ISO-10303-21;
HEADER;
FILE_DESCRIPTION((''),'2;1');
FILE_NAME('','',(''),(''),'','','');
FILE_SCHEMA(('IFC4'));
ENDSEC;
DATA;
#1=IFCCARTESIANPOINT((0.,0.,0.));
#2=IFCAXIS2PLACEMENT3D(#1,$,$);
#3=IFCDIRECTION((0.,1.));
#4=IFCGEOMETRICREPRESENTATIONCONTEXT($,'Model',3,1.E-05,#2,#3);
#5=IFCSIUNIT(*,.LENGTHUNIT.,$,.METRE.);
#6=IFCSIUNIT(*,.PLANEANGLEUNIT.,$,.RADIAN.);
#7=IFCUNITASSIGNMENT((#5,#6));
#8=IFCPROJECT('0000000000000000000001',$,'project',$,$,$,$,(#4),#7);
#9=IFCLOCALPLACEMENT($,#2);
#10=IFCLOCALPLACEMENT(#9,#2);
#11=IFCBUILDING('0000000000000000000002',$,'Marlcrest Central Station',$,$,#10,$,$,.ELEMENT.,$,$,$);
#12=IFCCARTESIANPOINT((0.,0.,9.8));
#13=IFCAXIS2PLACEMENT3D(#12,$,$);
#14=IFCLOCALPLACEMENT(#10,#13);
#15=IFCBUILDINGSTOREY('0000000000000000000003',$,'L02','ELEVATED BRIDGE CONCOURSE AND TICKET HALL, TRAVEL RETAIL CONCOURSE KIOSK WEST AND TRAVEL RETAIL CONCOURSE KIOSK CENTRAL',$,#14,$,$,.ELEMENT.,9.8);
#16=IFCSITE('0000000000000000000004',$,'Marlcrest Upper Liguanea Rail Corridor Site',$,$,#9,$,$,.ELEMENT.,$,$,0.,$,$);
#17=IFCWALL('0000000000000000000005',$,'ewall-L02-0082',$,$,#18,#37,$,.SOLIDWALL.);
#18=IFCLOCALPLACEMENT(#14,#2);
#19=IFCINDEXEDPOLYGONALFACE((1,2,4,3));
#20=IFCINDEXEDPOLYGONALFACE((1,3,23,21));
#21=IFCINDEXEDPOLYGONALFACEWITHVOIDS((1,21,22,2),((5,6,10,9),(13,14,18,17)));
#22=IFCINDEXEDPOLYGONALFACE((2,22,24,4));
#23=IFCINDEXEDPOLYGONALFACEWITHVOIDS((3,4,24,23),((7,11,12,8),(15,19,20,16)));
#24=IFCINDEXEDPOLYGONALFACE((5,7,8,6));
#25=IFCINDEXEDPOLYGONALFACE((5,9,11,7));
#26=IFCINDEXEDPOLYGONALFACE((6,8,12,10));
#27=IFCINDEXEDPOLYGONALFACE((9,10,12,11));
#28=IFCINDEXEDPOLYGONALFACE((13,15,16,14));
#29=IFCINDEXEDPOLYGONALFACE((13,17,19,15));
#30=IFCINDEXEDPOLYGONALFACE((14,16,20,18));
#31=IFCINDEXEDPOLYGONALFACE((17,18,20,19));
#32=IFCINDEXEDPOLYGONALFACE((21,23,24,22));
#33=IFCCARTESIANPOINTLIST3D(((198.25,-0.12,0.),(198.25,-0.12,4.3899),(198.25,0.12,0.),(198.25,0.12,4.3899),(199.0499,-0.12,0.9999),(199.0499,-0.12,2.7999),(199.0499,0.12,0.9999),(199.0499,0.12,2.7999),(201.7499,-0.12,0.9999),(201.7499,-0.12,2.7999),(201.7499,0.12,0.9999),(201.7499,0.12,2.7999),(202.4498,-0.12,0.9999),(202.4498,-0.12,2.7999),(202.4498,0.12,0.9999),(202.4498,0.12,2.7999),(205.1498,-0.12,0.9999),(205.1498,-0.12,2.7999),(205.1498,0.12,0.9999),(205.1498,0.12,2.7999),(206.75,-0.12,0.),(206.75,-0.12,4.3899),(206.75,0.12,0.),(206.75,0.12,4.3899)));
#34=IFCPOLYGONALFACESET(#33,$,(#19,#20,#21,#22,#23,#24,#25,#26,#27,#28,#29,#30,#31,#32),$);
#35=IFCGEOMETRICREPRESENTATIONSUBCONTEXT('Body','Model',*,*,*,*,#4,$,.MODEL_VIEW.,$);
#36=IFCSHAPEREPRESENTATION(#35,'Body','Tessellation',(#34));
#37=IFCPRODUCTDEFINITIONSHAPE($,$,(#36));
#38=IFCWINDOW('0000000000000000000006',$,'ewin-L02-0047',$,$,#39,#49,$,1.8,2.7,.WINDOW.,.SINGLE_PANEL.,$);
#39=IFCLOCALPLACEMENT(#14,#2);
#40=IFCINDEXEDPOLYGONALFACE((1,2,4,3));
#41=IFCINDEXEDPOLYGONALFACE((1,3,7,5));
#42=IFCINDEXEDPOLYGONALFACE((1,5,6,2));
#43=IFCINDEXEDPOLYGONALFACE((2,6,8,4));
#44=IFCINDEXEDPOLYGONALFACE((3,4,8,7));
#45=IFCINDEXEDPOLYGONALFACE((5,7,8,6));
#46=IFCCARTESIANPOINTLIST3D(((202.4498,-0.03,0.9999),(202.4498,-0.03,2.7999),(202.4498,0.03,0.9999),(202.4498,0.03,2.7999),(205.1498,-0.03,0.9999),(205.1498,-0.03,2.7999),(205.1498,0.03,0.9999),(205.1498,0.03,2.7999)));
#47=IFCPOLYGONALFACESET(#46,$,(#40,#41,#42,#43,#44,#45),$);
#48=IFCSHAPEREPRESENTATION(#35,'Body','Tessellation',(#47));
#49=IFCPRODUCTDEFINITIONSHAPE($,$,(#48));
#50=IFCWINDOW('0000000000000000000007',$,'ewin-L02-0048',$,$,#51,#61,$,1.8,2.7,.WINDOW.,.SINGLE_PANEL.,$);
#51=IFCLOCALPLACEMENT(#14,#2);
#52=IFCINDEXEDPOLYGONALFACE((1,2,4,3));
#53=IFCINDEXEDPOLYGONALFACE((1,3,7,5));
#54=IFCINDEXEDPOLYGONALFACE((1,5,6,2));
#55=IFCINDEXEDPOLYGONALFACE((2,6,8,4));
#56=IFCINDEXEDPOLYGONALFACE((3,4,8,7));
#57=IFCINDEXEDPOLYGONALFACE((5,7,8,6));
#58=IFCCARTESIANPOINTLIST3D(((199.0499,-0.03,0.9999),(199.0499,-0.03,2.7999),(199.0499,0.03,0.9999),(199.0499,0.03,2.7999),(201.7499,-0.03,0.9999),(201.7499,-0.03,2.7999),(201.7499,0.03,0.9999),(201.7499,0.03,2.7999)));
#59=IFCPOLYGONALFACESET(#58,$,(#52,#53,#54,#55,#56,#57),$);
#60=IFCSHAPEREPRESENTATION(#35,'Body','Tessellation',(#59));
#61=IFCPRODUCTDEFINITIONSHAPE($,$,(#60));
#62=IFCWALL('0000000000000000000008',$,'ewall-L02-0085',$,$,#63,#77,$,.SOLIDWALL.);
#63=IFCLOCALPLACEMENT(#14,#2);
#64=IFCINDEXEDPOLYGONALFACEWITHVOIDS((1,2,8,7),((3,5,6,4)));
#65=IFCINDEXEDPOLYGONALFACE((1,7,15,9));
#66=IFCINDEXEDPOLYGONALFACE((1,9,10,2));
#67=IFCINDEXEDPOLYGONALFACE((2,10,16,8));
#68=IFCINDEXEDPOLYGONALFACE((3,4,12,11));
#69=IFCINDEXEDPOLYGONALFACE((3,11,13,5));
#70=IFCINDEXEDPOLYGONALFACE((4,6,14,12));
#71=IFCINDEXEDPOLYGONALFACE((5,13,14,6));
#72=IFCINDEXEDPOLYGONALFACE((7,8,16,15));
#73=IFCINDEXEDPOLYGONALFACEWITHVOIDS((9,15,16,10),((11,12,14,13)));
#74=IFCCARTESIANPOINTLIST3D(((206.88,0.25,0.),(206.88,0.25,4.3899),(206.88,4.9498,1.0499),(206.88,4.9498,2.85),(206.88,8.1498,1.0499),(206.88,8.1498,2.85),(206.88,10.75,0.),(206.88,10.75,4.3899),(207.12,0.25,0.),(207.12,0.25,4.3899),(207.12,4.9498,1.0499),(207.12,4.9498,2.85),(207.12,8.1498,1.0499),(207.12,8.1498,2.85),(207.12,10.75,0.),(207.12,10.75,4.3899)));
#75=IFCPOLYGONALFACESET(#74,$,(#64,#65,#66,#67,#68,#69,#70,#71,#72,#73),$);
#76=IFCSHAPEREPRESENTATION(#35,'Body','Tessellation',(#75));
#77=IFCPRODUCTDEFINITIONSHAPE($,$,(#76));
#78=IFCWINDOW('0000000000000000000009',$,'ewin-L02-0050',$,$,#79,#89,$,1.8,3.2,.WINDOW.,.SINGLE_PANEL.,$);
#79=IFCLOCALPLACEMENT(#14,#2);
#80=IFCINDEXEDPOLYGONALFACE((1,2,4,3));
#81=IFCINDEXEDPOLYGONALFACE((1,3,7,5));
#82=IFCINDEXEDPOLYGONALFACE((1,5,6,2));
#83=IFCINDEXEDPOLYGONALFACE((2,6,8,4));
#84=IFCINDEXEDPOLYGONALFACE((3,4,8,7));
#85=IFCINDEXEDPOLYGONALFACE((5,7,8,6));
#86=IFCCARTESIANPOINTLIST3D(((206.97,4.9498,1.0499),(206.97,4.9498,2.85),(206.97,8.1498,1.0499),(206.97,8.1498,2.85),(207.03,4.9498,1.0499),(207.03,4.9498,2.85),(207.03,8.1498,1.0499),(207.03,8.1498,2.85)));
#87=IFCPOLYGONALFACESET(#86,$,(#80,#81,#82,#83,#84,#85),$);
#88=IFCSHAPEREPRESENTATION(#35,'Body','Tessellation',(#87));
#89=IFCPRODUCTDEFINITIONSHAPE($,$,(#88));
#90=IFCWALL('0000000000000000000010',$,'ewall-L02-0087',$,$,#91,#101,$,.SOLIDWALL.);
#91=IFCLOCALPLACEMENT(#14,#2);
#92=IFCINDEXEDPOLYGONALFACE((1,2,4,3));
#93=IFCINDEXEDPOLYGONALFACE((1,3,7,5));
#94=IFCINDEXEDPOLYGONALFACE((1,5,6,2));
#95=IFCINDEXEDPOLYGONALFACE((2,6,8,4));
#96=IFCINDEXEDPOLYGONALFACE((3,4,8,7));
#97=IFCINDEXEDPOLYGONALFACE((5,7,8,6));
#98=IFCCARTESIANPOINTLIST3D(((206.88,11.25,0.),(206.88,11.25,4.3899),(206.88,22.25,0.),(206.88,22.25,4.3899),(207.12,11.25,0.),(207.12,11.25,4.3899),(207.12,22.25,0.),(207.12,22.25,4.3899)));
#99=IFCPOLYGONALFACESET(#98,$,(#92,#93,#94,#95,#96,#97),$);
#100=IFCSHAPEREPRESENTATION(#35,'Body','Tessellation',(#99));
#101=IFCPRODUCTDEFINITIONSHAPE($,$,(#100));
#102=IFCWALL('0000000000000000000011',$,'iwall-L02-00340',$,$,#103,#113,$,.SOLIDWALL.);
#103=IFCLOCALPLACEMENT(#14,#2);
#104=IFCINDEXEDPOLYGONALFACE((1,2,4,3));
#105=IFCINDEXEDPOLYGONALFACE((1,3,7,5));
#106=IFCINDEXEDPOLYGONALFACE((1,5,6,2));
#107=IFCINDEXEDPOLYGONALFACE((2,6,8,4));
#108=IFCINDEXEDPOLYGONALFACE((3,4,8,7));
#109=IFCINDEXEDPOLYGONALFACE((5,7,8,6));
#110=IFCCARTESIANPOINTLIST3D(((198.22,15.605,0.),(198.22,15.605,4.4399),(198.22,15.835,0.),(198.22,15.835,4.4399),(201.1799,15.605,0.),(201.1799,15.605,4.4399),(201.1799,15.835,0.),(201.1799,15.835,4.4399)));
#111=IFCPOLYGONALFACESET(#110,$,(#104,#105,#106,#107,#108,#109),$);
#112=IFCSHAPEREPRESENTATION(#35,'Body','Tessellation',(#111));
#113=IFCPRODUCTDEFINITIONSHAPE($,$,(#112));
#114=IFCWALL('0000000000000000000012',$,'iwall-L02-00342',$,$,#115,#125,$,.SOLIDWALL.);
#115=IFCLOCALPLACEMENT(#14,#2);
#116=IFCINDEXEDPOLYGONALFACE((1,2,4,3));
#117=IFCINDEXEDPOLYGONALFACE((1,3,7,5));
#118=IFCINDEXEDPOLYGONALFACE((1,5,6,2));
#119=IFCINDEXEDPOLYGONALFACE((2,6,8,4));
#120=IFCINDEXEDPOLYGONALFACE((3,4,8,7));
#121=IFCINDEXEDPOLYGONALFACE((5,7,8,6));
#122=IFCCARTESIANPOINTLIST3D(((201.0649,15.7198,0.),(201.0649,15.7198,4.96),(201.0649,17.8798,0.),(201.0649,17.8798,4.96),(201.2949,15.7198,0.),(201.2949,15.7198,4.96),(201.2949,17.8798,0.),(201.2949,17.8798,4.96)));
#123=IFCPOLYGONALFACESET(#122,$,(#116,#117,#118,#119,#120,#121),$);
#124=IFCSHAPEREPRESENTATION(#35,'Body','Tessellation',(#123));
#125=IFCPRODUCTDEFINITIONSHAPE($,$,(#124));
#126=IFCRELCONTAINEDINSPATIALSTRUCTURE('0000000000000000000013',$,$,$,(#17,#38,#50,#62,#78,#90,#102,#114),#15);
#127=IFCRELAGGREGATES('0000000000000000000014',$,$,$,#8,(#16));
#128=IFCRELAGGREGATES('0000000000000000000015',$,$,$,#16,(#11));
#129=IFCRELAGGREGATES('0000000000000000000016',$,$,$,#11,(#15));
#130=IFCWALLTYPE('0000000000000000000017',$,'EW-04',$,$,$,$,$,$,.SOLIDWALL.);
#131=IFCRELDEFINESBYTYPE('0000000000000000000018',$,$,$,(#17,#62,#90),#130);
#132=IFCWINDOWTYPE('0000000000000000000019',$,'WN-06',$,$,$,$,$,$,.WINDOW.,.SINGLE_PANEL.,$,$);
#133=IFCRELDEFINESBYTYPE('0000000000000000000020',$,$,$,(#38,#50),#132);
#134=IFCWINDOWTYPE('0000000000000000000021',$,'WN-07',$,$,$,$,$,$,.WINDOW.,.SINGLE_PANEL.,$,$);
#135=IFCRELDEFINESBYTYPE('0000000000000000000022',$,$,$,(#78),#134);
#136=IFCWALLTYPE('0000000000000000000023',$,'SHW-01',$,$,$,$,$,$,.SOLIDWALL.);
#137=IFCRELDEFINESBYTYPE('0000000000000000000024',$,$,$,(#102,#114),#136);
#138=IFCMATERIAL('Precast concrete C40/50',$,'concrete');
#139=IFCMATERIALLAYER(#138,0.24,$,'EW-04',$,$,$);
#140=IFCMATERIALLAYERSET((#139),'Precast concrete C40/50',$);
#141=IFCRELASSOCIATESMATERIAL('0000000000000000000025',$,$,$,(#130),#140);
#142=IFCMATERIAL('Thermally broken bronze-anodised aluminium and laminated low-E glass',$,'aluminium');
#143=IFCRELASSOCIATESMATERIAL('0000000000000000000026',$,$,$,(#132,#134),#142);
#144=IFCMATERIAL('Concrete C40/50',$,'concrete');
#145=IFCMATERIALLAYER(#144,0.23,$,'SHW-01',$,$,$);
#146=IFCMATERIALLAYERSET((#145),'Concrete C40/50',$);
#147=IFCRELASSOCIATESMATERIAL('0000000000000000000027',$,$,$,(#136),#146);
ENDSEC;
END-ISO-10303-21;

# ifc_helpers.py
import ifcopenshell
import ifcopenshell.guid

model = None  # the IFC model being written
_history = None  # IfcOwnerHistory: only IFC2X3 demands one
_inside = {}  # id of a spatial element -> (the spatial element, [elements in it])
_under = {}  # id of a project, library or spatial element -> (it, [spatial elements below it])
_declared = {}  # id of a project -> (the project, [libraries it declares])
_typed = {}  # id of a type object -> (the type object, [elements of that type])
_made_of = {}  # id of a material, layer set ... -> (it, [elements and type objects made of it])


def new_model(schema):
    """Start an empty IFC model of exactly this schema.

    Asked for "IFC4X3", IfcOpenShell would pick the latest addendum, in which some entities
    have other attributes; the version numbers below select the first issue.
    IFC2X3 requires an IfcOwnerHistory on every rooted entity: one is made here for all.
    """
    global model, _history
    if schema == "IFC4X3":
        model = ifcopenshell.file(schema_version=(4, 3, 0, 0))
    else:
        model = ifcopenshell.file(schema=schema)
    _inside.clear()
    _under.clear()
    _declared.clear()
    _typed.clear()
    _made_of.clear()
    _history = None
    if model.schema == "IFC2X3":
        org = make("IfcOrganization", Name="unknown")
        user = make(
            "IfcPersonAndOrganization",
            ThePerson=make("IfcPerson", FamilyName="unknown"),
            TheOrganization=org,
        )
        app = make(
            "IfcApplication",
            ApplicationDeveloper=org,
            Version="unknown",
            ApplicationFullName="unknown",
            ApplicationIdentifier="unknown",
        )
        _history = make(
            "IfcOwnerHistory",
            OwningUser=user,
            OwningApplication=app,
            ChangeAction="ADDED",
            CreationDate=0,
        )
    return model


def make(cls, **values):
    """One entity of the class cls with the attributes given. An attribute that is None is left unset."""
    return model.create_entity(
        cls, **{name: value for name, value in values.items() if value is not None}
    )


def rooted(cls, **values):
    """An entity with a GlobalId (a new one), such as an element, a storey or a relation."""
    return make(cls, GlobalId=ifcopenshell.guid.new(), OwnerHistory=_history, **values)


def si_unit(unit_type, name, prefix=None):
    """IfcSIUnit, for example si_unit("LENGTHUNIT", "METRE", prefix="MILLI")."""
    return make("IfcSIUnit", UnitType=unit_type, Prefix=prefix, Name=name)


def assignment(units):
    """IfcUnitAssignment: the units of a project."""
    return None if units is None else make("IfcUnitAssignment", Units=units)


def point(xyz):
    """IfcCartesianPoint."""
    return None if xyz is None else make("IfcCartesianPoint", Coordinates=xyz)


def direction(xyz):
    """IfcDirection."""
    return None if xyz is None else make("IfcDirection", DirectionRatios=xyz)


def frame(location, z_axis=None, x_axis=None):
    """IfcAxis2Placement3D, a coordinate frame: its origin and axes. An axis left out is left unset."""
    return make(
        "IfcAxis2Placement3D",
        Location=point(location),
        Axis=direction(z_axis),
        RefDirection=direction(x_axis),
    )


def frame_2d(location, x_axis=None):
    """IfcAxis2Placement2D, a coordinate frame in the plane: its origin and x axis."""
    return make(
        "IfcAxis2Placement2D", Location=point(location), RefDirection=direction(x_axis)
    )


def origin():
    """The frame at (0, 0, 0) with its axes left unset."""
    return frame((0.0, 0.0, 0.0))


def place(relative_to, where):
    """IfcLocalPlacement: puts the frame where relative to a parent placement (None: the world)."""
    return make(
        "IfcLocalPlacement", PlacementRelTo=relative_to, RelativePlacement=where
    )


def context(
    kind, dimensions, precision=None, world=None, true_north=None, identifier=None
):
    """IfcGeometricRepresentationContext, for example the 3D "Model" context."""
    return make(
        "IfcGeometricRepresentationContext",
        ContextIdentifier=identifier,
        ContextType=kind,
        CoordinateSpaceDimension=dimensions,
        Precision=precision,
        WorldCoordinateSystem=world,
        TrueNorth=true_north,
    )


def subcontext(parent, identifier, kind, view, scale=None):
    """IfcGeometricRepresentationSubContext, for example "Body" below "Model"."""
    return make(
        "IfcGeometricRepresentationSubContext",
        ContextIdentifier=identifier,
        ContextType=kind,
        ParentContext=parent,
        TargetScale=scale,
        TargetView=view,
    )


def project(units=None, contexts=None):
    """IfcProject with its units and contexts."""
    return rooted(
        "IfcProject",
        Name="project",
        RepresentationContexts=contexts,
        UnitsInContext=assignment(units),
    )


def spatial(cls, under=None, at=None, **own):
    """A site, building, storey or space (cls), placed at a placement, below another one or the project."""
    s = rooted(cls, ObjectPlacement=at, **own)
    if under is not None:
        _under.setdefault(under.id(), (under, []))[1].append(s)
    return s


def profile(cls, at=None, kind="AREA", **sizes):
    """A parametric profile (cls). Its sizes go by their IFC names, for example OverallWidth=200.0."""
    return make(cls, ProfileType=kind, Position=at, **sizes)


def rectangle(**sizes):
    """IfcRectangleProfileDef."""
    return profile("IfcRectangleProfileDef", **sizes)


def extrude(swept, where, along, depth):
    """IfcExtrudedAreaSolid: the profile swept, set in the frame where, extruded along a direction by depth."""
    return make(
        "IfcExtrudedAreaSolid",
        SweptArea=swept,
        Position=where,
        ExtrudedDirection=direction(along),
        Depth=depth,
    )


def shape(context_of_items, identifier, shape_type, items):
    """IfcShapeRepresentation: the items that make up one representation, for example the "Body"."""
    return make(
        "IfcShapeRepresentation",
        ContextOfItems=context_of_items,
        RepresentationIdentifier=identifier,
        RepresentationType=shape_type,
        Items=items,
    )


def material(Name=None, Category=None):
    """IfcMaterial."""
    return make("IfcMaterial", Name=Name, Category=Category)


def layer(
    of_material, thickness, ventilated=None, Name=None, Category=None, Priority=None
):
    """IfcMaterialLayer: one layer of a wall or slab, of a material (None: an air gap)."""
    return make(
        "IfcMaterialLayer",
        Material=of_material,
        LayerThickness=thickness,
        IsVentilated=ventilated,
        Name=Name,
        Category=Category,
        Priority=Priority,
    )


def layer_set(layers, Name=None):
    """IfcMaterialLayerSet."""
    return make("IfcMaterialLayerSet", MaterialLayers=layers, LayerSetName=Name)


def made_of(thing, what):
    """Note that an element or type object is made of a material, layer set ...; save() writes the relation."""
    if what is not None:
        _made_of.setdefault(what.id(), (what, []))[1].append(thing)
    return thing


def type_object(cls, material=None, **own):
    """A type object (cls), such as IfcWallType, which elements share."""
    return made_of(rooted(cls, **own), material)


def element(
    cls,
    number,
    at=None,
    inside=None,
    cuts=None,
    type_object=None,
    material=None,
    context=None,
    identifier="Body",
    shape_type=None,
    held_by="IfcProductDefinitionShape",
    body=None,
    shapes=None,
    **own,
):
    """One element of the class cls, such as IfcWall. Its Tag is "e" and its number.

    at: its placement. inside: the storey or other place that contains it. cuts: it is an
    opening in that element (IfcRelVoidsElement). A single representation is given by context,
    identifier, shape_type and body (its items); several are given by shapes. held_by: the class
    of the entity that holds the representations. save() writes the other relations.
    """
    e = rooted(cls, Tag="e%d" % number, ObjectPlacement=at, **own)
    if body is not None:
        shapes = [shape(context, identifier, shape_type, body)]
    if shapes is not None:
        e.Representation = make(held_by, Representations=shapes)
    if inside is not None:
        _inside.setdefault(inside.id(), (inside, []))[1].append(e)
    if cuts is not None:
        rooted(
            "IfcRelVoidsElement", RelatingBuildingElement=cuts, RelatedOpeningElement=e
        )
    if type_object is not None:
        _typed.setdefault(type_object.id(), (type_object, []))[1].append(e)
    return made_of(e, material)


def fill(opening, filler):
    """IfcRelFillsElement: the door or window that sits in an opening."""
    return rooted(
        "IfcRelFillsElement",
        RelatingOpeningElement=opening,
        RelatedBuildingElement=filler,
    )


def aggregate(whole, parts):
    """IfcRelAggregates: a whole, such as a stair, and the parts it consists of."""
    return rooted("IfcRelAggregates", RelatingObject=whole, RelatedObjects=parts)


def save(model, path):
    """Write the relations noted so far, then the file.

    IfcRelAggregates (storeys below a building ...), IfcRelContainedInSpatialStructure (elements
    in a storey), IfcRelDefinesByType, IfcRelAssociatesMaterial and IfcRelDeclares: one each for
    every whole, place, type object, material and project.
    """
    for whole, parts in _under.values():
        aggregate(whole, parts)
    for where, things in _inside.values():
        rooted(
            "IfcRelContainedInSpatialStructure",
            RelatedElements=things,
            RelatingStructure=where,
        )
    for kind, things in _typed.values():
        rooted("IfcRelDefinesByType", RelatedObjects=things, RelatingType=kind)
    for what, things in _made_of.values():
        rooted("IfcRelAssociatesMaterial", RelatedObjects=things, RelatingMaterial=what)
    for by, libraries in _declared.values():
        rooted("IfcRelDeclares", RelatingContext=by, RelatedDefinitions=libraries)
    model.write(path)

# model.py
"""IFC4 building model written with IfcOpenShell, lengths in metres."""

from ifc_helpers import new_model, si_unit, direction, frame, frame_2d, origin, place, context, subcontext, project, spatial, rectangle, extrude, material, layer, layer_set, type_object, element, fill, save


model = new_model("IFC4")

# Units and contexts
model_context = context("Model", 3, precision=1e-05, world=origin(), true_north=direction((0.0, 1.0)))
body_context = subcontext(model_context, "Body", "Model", "MODEL_VIEW")
ifc_project = project(units=[si_unit("LENGTHUNIT", "METRE"), si_unit("PLANEANGLEUNIT", "RADIAN")], contexts=[model_context])

# Site, building, storey
site_placement = place(None, origin())
site = spatial("IfcSite", under=ifc_project, at=site_placement, Name="Marlcrest Upper Liguanea Rail Corridor Site", CompositionType="ELEMENT", RefElevation=0.0)
building_placement = place(site_placement, origin())
building = spatial("IfcBuilding", under=site, at=building_placement, Name="Marlcrest Central Station", CompositionType="ELEMENT")
storey_placement = place(building_placement, frame((0.0, 0.0, 9.8)))
storey = spatial("IfcBuildingStorey", under=building, at=storey_placement, Name="L02", Description="ELEVATED BRIDGE CONCOURSE AND TICKET HALL, TRAVEL RETAIL CONCOURSE KIOSK WEST AND TRAVEL RETAIL CONCOURSE KIOSK CENTRAL", CompositionType="ELEMENT", Elevation=9.8)

# Shared definitions
ifc_material_1 = material(Name="Concrete C40/50", Category="concrete")

# Shared definitions
ifc_material_2 = material(Name="Precast concrete C40/50", Category="concrete")

# Wall, openings, windows
ifc_layer_1 = layer(ifc_material_2, 0.24, Name="EW-04")
ifc_layer_set_1 = layer_set([ifc_layer_1], Name="Precast concrete C40/50")
wall_type_1 = type_object("IfcWallType", Name="EW-04", PredefinedType="SOLIDWALL", material=ifc_layer_set_1)
wall_1_placement = place(storey_placement, frame((206.75, 0.0, 0.0), z_axis=(0.0, 0.0, 1.0), x_axis=(-1.0, 0.0, 0.0)))
wall_1 = element("IfcWall", 1, at=wall_1_placement, inside=storey, type_object=wall_type_1, Name="ewall-L02-0082", PredefinedType="SOLIDWALL", context=body_context, shape_type="SweptSolid", body=[
    extrude(rectangle(XDim=8.5, YDim=0.24, at=frame_2d((4.25, 0.0))), origin(), (0.0, 0.0, 1.0), 4.3899),
])
opening_1_placement = place(wall_1_placement, frame((1.6001, 0.0, 1.0)))
opening_1 = element("IfcOpeningElement", 2, at=opening_1_placement, cuts=wall_1, PredefinedType="OPENING", context=body_context, shape_type="SweptSolid", body=[
    extrude(rectangle(XDim=2.7, YDim=1.8, at=frame_2d((1.3501, 0.8999))), frame((0.0, 0.1299, 0.0), z_axis=(0.0, -1.0, 0.0), x_axis=(1.0, 0.0, 0.0)), (0.0, 0.0, 1.0), 0.26),
])
opening_2_placement = place(wall_1_placement, frame((5.0, 0.0, 1.0)))
opening_2 = element("IfcOpeningElement", 3, at=opening_2_placement, cuts=wall_1, PredefinedType="OPENING", context=body_context, shape_type="SweptSolid", body=[
    extrude(rectangle(XDim=2.7, YDim=1.8, at=frame_2d((1.3501, 0.8999))), frame((0.0, 0.1299, 0.0), z_axis=(0.0, -1.0, 0.0), x_axis=(1.0, 0.0, 0.0)), (0.0, 0.0, 1.0), 0.26),
])
ifc_material_3 = material(Name="Thermally broken bronze-anodised aluminium and laminated low-E glass", Category="aluminium")
window_type_1 = type_object("IfcWindowType", Name="WN-06", PartitioningType="SINGLE_PANEL", PredefinedType="WINDOW", material=ifc_material_3)
window_1_placement = place(opening_1_placement, origin())
window_1 = element("IfcWindow", 4, at=window_1_placement, inside=storey, type_object=window_type_1, Name="ewin-L02-0047", OverallHeight=1.8, OverallWidth=2.7, PartitioningType="SINGLE_PANEL", PredefinedType="WINDOW", context=body_context, shape_type="SweptSolid", body=[
    extrude(rectangle(XDim=2.7, YDim=1.8, at=frame_2d((1.3501, 0.8999))), frame((0.0, 0.03, 0.0), z_axis=(0.0, -1.0, 0.0), x_axis=(1.0, 0.0, 0.0)), (0.0, 0.0, 1.0), 0.0601),
])
fill(opening_1, window_1)
window_2_placement = place(opening_2_placement, origin())
window_2 = element("IfcWindow", 5, at=window_2_placement, inside=storey, type_object=window_type_1, Name="ewin-L02-0048", OverallHeight=1.8, OverallWidth=2.7, PartitioningType="SINGLE_PANEL", PredefinedType="WINDOW", context=body_context, shape_type="SweptSolid", body=[
    extrude(rectangle(XDim=2.7, YDim=1.8, at=frame_2d((1.3501, 0.8999))), frame((0.0, 0.03, 0.0), z_axis=(0.0, -1.0, 0.0), x_axis=(1.0, 0.0, 0.0)), (0.0, 0.0, 1.0), 0.0601),
])
fill(opening_2, window_2)

# Wall, opening, window
wall_2_placement = place(storey_placement, frame((207.0, 10.75, 0.0), z_axis=(0.0, 0.0, 1.0), x_axis=(0.0, -1.0, 0.0)))
wall_2 = element("IfcWall", 6, at=wall_2_placement, inside=storey, type_object=wall_type_1, Name="ewall-L02-0085", PredefinedType="SOLIDWALL", context=body_context, shape_type="SweptSolid", body=[
    extrude(rectangle(XDim=10.5, YDim=0.24, at=frame_2d((5.25, 0.0))), origin(), (0.0, 0.0, 1.0), 4.3899),
])
opening_3_placement = place(wall_2_placement, frame((2.6001, 0.0, 1.05)))
opening_3 = element("IfcOpeningElement", 7, at=opening_3_placement, cuts=wall_2, PredefinedType="OPENING", context=body_context, shape_type="SweptSolid", body=[
    extrude(rectangle(XDim=3.2, YDim=1.8, at=frame_2d((1.6001, 0.8999))), frame((0.0, 0.1299, 0.0), z_axis=(0.0, -1.0, 0.0), x_axis=(1.0, 0.0, 0.0)), (0.0, 0.0, 1.0), 0.26),
])
window_type_2 = type_object("IfcWindowType", Name="WN-07", PartitioningType="SINGLE_PANEL", PredefinedType="WINDOW", material=ifc_material_3)
window_3_placement = place(opening_3_placement, origin())
window_3 = element("IfcWindow", 8, at=window_3_placement, inside=storey, type_object=window_type_2, Name="ewin-L02-0050", OverallHeight=1.8, OverallWidth=3.2, PartitioningType="SINGLE_PANEL", PredefinedType="WINDOW", context=body_context, shape_type="SweptSolid", body=[
    extrude(rectangle(XDim=3.2, YDim=1.8, at=frame_2d((1.6001, 0.8999))), frame((0.0, 0.03, 0.0), z_axis=(0.0, -1.0, 0.0), x_axis=(1.0, 0.0, 0.0)), (0.0, 0.0, 1.0), 0.0601),
])
fill(opening_3, window_3)

# Walls
wall_3_placement = place(storey_placement, frame((207.0, 22.25, 0.0), z_axis=(0.0, 0.0, 1.0), x_axis=(0.0, -1.0, 0.0)))
element("IfcWall", 9, at=wall_3_placement, inside=storey, type_object=wall_type_1, Name="ewall-L02-0087", PredefinedType="SOLIDWALL", context=body_context, shape_type="SweptSolid", body=[
    extrude(rectangle(XDim=11.0, YDim=0.24, at=frame_2d((5.5, 0.0))), origin(), (0.0, 0.0, 1.0), 4.3899),
])
ifc_layer_2 = layer(ifc_material_1, 0.23, Name="SHW-01")
ifc_layer_set_2 = layer_set([ifc_layer_2], Name="Concrete C40/50")
wall_type_2 = type_object("IfcWallType", Name="SHW-01", PredefinedType="SOLIDWALL", material=ifc_layer_set_2)
wall_4_placement = place(storey_placement, frame((201.1799, 15.72, 0.0), z_axis=(0.0, 0.0, 1.0), x_axis=(-1.0, 0.0, 0.0)))
element("IfcWall", 10, at=wall_4_placement, inside=storey, type_object=wall_type_2, Name="iwall-L02-00340", PredefinedType="SOLIDWALL", context=body_context, shape_type="SweptSolid", body=[
    extrude(rectangle(XDim=2.96, YDim=0.23, at=frame_2d((1.48, 0.0))), origin(), (0.0, 0.0, 1.0), 4.4399),
])
wall_5_placement = place(storey_placement, frame((201.1799, 17.8799, 0.0), z_axis=(0.0, 0.0, 1.0), x_axis=(0.0, -1.0, 0.0)))
element("IfcWall", 11, at=wall_5_placement, inside=storey, type_object=wall_type_2, Name="iwall-L02-00342", PredefinedType="SOLIDWALL", context=body_context, shape_type="SweptSolid", body=[
    extrude(rectangle(XDim=2.1599, YDim=0.23, at=frame_2d((1.0801, 0.0))), origin(), (0.0, 0.0, 1.0), 4.96),
])

save(model, "model.ifc")
